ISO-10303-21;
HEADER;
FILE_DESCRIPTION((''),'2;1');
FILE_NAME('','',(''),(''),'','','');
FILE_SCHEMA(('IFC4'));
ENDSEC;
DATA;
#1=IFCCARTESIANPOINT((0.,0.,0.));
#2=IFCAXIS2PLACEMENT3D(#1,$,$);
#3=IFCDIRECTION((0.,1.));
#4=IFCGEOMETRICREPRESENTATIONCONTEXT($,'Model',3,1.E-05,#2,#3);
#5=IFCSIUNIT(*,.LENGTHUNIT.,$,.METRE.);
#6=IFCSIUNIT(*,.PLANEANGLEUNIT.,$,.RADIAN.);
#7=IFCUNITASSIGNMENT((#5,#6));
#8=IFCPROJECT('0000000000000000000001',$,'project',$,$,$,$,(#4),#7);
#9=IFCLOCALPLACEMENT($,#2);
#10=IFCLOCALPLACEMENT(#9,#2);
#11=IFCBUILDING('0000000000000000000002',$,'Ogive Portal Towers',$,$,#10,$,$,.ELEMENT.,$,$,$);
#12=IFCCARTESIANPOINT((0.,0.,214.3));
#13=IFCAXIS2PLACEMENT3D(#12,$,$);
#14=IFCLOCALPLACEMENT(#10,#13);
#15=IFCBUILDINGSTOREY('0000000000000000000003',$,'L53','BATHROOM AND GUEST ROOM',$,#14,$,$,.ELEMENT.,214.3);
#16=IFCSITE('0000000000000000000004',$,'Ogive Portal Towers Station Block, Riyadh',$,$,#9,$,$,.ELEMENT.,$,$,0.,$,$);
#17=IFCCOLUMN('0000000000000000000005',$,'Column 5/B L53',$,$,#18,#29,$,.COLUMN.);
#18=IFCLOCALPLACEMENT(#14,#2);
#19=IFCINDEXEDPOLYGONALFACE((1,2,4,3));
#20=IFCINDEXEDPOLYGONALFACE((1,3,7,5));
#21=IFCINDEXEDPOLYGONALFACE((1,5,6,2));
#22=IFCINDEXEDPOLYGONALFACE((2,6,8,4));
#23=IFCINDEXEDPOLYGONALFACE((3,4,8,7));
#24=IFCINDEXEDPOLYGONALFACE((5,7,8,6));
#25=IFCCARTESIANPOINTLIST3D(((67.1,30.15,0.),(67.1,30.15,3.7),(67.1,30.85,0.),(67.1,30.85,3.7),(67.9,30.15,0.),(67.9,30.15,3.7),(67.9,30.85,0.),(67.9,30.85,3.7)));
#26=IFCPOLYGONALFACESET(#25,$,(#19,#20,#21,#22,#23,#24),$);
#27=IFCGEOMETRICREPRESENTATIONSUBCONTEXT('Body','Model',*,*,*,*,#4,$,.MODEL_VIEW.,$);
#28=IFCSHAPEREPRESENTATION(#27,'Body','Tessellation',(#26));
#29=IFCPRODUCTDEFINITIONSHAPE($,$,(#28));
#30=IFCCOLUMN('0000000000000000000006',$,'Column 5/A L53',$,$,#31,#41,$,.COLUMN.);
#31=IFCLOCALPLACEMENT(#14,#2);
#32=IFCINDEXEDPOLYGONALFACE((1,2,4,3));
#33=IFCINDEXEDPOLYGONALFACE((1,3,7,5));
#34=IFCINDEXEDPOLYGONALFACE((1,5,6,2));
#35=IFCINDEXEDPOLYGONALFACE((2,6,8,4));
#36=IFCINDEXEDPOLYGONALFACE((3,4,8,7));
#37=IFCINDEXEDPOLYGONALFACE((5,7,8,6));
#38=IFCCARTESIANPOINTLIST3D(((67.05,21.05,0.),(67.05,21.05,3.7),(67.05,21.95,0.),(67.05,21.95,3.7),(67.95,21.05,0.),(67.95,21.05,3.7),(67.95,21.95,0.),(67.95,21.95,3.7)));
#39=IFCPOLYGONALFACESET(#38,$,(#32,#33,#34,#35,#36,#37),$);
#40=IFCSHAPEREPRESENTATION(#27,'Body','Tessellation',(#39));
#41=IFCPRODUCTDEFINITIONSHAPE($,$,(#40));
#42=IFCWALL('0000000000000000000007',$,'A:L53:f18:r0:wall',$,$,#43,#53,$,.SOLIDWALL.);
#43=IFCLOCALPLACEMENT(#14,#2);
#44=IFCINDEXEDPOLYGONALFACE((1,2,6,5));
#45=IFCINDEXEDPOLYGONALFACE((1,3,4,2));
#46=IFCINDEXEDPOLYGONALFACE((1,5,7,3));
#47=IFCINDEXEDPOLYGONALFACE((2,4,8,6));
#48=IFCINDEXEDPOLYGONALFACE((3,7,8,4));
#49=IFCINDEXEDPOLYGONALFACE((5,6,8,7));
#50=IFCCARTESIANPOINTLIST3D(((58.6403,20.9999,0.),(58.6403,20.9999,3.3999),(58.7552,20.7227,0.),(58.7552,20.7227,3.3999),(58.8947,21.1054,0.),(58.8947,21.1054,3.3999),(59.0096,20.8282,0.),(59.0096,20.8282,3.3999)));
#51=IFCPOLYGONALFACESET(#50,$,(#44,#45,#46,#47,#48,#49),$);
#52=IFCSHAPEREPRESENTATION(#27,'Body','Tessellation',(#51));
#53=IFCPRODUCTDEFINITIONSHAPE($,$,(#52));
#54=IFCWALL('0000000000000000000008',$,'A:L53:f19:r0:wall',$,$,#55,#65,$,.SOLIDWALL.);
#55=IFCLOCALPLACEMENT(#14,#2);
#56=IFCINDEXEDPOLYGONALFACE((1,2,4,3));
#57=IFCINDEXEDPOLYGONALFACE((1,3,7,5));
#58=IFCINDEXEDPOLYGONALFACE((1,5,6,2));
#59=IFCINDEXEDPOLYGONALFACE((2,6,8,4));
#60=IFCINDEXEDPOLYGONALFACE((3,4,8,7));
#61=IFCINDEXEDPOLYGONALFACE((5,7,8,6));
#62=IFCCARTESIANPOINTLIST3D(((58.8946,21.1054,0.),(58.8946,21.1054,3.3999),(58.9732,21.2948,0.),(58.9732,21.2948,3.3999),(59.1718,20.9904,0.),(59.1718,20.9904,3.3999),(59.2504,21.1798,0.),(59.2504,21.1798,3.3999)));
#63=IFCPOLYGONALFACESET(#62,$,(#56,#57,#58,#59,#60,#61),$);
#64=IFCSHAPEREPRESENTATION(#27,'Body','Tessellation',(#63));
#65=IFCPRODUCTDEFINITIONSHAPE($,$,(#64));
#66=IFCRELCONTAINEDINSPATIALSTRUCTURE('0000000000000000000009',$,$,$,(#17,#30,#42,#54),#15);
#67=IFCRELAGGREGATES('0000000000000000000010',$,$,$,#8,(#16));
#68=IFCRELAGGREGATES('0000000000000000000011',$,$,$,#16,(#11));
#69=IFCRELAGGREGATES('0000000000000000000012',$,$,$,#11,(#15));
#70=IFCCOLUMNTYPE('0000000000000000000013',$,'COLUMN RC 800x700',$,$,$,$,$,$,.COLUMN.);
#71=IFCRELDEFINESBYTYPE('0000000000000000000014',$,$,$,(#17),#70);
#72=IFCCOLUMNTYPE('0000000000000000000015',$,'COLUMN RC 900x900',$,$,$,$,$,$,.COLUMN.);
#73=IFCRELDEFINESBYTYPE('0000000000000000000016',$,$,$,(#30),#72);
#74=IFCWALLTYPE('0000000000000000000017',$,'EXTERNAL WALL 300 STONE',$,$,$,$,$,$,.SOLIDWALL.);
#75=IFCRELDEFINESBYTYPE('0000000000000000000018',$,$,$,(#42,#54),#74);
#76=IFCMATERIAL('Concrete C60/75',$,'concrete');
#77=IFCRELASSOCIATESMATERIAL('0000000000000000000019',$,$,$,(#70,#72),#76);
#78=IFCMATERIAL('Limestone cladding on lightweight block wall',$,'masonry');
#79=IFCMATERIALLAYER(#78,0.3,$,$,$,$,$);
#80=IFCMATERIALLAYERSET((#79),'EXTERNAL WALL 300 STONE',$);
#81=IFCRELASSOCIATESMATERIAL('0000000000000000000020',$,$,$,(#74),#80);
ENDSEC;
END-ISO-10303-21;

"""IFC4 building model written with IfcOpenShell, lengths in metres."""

from ifc_helpers import new_model, si_unit, direction, frame, frame_2d, origin, origin_2d, place, context, subcontext, project, spatial, rectangle, extrude, material, layer, layer_set, material_profile, profile_set, type_object, element, save


model = new_model("IFC4")

# Units and contexts
model_context = context("Model", 3, precision=1e-05, world=origin(), true_north=direction((0.0, 1.0)))
body_context = subcontext(model_context, "Body", "Model", "MODEL_VIEW")
ifc_project = project(units=[si_unit("LENGTHUNIT", "METRE"), si_unit("PLANEANGLEUNIT", "RADIAN")], contexts=[model_context])

# Site, building, storey
site_placement = place(None, origin())
site = spatial("IfcSite", under=ifc_project, at=site_placement, Name="Ogive Portal Towers Station Block, Riyadh", CompositionType="ELEMENT", RefElevation=0.0)
building_placement = place(site_placement, origin())
building = spatial("IfcBuilding", under=site, at=building_placement, Name="Ogive Portal Towers", CompositionType="ELEMENT")
storey_placement = place(building_placement, frame((0.0, 0.0, 214.3)))
storey = spatial("IfcBuildingStorey", under=building, at=storey_placement, Name="L53", Description="BATHROOM AND GUEST ROOM", CompositionType="ELEMENT", Elevation=214.3)

# Columns
ifc_material_1 = material(Name="Concrete C60/75", Category="concrete")
ifc_material_profile_1 = material_profile(ifc_material_1, rectangle(XDim=0.8, YDim=0.7, at=origin_2d()), Name="RC 800x700")
ifc_profile_set_1 = profile_set([ifc_material_profile_1], Name="Concrete C60/75")
column_type_1 = type_object("IfcColumnType", Name="COLUMN RC 800x700", PredefinedType="COLUMN", material=ifc_profile_set_1)
column_1_placement = place(storey_placement, frame((67.5, 30.5, 0.0), z_axis=(0.0, 0.0, 1.0), x_axis=(1.0, 0.0, 0.0)))
element("IfcColumn", 1, at=column_1_placement, inside=storey, type_object=column_type_1, Name="Column 5/B L53", PredefinedType="COLUMN", context=body_context, shape_type="SweptSolid", body=[
    extrude(rectangle(XDim=0.8, YDim=0.7, at=origin_2d()), origin(), (0.0, 0.0, 1.0), 3.7),
])
ifc_material_profile_2 = material_profile(ifc_material_1, rectangle(XDim=0.8999, YDim=0.8999, at=origin_2d()), Name="RC 900x900")
ifc_profile_set_2 = profile_set([ifc_material_profile_2], Name="Concrete C60/75")
column_type_2 = type_object("IfcColumnType", Name="COLUMN RC 900x900", PredefinedType="COLUMN", material=ifc_profile_set_2)
column_2_placement = place(storey_placement, frame((67.5, 21.5, 0.0), z_axis=(0.0, 0.0, 1.0), x_axis=(1.0, 0.0, 0.0)))
element("IfcColumn", 2, at=column_2_placement, inside=storey, type_object=column_type_2, Name="Column 5/A L53", PredefinedType="COLUMN", context=body_context, shape_type="SweptSolid", body=[
    extrude(rectangle(XDim=0.8999, YDim=0.8999, at=origin_2d()), origin(), (0.0, 0.0, 1.0), 3.7),
])

# Walls
ifc_material_2 = material(Name="Limestone cladding on lightweight block wall", Category="masonry")
ifc_layer_1 = layer(ifc_material_2, 0.3)
ifc_layer_set_1 = layer_set([ifc_layer_1], Name="EXTERNAL WALL 300 STONE")
wall_type_1 = type_object("IfcWallType", Name="EXTERNAL WALL 300 STONE", PredefinedType="SOLIDWALL", material=ifc_layer_set_1)
wall_1_placement = place(storey_placement, frame((58.6978, 20.8613, 0.0), z_axis=(0.0, 0.0, 1.0), x_axis=(0.923757, 0.382978, 0.0)))
element("IfcWall", 3, at=wall_1_placement, inside=storey, type_object=wall_type_1, Name="A:L53:f18:r0:wall", PredefinedType="SOLIDWALL", context=body_context, shape_type="SweptSolid", body=[
    extrude(rectangle(XDim=0.2754, YDim=0.3, at=frame_2d((0.1377, 0.0))), origin(), (0.0, 0.0, 1.0), 3.3999),
])
wall_2_placement = place(storey_placement, frame((59.0332, 21.0479, 0.0), z_axis=(0.0, 0.0, 1.0), x_axis=(0.383263, 0.923639, 0.0)))
element("IfcWall", 4, at=wall_2_placement, inside=storey, type_object=wall_type_1, Name="A:L53:f19:r0:wall", PredefinedType="SOLIDWALL", context=body_context, shape_type="SweptSolid", body=[
    extrude(rectangle(XDim=0.2051, YDim=0.3, at=frame_2d((0.1025, 0.0))), origin(), (0.0, 0.0, 1.0), 3.3999),
])

save(model, "model.ifc")
